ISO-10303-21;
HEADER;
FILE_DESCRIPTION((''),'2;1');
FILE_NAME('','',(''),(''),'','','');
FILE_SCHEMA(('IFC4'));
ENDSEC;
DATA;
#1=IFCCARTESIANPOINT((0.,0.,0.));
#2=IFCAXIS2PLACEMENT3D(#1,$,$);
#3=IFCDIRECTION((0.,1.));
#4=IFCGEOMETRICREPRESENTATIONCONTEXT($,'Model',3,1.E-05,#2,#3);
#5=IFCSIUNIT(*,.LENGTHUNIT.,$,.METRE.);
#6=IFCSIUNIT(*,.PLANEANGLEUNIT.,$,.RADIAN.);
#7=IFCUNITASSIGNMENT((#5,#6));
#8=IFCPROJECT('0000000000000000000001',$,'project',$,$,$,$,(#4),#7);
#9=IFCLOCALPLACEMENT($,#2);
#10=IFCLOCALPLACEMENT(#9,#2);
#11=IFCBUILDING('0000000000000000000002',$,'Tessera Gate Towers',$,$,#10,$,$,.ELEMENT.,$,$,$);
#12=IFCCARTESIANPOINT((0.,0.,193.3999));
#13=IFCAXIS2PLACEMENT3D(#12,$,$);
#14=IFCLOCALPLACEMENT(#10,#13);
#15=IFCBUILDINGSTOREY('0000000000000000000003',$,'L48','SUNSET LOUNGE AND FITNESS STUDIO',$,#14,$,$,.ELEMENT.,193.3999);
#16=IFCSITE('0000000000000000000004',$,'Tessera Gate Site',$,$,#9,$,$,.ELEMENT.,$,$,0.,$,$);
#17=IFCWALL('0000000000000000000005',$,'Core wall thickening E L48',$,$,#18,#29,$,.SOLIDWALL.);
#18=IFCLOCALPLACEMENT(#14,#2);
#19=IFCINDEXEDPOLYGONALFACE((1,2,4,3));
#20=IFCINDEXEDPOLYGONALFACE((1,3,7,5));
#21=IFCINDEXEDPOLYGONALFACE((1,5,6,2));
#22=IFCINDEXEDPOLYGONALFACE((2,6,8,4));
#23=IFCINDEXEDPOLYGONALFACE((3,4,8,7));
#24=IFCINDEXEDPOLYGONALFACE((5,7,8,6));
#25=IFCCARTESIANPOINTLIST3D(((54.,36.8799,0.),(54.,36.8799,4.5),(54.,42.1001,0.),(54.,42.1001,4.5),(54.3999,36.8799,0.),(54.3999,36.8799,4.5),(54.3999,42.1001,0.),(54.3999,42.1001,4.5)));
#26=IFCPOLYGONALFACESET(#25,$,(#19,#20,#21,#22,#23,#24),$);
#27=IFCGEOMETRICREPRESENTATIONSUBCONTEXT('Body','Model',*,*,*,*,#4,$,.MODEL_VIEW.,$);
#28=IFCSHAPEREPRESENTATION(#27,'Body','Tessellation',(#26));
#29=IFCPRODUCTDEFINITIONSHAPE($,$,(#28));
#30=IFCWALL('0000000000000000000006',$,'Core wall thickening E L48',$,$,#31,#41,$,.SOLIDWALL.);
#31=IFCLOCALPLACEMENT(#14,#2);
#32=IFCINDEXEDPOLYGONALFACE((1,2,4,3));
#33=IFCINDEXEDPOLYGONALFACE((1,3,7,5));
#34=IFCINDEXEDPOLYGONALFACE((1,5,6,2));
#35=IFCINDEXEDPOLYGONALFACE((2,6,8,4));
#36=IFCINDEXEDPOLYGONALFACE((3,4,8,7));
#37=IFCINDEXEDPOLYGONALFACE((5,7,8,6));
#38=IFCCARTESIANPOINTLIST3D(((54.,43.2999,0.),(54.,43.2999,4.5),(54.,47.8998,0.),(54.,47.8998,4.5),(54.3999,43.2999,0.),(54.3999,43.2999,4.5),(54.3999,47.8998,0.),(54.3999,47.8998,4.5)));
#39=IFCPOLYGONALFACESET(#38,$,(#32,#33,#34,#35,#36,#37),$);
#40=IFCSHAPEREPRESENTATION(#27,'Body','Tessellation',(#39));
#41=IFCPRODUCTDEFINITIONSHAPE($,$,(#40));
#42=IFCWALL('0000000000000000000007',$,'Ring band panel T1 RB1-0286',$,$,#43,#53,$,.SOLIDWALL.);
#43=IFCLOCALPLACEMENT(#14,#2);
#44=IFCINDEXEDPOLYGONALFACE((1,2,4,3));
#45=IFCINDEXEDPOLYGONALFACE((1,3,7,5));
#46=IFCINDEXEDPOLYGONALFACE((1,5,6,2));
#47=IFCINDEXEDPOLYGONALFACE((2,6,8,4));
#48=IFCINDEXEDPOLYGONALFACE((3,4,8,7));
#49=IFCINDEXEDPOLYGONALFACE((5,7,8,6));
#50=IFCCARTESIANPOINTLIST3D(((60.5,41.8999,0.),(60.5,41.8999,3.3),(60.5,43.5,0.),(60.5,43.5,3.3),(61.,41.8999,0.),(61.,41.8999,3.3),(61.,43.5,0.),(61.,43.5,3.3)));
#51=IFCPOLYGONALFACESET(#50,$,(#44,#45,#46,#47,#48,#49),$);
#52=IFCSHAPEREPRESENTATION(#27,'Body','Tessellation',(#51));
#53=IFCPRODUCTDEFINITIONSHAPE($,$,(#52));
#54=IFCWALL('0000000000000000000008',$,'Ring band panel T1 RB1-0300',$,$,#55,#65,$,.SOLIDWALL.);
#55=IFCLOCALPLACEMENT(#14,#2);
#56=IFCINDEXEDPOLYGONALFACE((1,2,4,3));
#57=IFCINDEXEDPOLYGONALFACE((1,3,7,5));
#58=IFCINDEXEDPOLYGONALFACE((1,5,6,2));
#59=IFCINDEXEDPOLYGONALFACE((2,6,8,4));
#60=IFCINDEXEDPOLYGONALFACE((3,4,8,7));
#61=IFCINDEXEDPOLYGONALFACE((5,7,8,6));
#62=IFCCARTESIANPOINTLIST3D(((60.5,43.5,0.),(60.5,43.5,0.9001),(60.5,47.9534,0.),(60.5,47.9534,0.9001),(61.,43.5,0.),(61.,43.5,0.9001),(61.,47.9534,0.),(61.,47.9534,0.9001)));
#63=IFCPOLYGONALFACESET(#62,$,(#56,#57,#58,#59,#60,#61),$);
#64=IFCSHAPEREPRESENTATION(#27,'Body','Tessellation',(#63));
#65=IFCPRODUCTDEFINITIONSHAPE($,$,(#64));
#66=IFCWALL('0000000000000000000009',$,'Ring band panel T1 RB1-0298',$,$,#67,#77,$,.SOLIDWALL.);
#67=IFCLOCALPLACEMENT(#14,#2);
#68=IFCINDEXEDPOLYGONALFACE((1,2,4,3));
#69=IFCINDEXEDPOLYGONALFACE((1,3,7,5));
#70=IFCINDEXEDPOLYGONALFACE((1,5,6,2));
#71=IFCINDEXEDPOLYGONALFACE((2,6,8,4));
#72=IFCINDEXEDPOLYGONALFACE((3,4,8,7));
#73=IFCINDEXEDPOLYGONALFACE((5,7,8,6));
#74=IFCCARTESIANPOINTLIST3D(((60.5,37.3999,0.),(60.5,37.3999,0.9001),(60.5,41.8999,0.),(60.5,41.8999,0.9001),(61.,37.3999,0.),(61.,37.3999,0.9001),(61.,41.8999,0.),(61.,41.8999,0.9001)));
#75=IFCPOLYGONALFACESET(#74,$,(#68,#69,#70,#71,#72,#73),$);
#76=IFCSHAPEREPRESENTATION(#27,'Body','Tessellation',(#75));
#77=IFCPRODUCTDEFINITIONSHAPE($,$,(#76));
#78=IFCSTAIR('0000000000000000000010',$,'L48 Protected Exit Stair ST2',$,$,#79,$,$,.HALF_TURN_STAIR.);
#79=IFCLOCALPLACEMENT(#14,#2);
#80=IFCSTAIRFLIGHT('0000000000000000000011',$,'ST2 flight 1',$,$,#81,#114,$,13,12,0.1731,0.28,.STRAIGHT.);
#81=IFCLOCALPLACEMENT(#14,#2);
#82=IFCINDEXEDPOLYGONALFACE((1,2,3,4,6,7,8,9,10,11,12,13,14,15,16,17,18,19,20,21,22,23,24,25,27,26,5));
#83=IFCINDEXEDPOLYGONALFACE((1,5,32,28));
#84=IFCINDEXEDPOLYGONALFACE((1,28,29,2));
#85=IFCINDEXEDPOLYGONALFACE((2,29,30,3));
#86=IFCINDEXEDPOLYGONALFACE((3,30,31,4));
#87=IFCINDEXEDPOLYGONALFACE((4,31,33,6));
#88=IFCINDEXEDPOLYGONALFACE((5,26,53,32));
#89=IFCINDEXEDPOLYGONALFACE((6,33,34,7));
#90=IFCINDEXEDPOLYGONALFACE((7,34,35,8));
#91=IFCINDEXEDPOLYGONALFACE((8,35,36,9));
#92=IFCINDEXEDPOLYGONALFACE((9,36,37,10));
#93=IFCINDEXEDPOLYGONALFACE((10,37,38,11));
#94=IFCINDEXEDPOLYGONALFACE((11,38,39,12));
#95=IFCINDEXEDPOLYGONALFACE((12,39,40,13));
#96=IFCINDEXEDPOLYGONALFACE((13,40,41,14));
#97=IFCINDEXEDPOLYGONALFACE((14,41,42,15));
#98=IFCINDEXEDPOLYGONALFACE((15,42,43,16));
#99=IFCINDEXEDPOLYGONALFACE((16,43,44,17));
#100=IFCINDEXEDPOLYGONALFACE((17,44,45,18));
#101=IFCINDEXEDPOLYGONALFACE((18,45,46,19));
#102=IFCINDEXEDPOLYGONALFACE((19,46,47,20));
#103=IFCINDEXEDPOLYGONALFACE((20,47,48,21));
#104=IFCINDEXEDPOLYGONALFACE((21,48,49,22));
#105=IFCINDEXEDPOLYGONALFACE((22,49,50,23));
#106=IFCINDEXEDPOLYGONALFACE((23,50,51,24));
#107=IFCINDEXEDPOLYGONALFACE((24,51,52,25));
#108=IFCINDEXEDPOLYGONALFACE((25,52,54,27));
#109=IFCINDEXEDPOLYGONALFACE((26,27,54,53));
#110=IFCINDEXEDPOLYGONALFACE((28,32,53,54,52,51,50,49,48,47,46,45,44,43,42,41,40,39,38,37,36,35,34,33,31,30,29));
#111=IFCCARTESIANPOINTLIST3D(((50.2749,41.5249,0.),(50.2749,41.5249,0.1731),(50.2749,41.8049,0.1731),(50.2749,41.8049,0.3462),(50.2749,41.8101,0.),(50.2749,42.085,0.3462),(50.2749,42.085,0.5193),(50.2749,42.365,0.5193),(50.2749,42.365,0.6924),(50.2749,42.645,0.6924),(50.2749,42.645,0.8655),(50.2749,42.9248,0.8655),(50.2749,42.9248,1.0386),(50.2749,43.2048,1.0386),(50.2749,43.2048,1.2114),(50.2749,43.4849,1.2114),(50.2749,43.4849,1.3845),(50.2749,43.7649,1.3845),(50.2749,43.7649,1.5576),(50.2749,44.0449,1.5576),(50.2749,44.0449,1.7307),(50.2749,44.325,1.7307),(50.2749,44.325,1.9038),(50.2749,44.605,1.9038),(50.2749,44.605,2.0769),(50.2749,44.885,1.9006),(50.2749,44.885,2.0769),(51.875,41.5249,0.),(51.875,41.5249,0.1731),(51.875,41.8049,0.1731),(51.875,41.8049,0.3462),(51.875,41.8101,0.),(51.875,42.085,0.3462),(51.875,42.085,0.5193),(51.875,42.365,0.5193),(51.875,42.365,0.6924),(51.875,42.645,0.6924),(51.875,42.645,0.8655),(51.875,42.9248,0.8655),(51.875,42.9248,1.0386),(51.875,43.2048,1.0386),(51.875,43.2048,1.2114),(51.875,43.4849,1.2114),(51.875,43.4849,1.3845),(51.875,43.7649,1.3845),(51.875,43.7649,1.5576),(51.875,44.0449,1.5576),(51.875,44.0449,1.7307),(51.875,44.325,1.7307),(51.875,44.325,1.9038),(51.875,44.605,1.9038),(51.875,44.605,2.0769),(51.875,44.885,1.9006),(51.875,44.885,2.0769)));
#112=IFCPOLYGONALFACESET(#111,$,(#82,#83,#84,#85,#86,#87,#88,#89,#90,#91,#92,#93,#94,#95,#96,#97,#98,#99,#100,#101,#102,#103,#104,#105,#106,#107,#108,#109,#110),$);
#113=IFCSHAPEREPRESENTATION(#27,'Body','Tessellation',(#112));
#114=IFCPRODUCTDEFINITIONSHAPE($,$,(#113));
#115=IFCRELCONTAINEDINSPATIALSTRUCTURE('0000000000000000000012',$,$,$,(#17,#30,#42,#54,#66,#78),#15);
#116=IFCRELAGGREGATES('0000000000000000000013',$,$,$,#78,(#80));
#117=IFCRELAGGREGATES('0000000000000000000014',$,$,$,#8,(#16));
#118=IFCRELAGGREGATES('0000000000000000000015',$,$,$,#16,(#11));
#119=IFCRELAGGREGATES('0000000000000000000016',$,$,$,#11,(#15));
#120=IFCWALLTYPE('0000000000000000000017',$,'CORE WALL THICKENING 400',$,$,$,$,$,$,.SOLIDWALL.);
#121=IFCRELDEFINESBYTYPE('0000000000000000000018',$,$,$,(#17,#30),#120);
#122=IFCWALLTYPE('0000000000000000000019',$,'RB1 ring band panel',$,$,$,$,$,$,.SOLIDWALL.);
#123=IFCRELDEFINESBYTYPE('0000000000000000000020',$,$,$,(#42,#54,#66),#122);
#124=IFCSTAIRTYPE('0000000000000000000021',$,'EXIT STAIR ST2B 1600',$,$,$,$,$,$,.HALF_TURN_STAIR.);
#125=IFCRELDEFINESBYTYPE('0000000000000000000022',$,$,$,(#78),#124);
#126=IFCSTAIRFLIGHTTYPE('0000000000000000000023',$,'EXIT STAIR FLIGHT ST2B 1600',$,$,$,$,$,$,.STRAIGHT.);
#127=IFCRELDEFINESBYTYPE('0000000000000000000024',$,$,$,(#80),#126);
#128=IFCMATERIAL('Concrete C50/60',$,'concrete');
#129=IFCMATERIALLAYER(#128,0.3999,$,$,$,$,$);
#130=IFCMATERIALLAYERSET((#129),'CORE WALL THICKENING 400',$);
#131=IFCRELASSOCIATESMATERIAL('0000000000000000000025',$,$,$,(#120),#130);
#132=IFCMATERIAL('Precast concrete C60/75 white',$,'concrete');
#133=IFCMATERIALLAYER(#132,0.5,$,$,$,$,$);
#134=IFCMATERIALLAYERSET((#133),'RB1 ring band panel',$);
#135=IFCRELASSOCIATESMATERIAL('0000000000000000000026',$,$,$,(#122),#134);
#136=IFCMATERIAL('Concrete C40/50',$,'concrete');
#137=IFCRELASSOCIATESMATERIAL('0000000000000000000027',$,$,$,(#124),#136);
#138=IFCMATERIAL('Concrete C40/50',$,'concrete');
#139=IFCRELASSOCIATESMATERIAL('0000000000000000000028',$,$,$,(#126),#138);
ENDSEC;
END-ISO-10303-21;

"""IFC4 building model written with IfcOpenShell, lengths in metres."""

from ifc_helpers import new_model, si_unit, direction, frame, frame_2d, origin, place, context, subcontext, project, spatial, polyline, rectangle, outline, extrude, source, transform, mapped, material, layer, layer_set, type_object, element, aggregate, save


model = new_model("IFC4")

# Units and contexts
model_context = context("Model", 3, precision=1e-05, world=origin(), true_north=direction((0.0, 1.0)))
body_context = subcontext(model_context, "Body", "Model", "MODEL_VIEW")
ifc_project = project(units=[si_unit("LENGTHUNIT", "METRE"), si_unit("PLANEANGLEUNIT", "RADIAN")], contexts=[model_context])

# Site, building, storey
site_placement = place(None, origin())
site = spatial("IfcSite", under=ifc_project, at=site_placement, Name="Tessera Gate Site", CompositionType="ELEMENT", RefElevation=0.0)
building_placement = place(site_placement, origin())
building = spatial("IfcBuilding", under=site, at=building_placement, Name="Tessera Gate Towers", CompositionType="ELEMENT")
storey_placement = place(building_placement, frame((0.0, 0.0, 193.3999)))
storey = spatial("IfcBuildingStorey", under=building, at=storey_placement, Name="L48", Description="SUNSET LOUNGE AND FITNESS STUDIO", CompositionType="ELEMENT", Elevation=193.3999)

# Walls
ifc_material_1 = material(Name="Concrete C50/60", Category="concrete")
ifc_layer_1 = layer(ifc_material_1, 0.3999)
ifc_layer_set_1 = layer_set([ifc_layer_1], Name="CORE WALL THICKENING 400")
wall_type_1 = type_object("IfcWallType", Name="CORE WALL THICKENING 400", PredefinedType="SOLIDWALL", material=ifc_layer_set_1)
wall_1_placement = place(storey_placement, frame((54.2, 36.8799, 0.0), z_axis=(0.0, 0.0, 1.0), x_axis=(0.0, 1.0, 0.0)))
element("IfcWall", 1, at=wall_1_placement, inside=storey, type_object=wall_type_1, Name="Core wall thickening E L48", PredefinedType="SOLIDWALL", context=body_context, shape_type="SweptSolid", body=[
    extrude(rectangle(XDim=5.2202, YDim=0.3999, at=frame_2d((2.6101, 0.0))), origin(), (0.0, 0.0, 1.0), 4.5),
])
wall_2_placement = place(storey_placement, frame((54.2, 43.3, 0.0), z_axis=(0.0, 0.0, 1.0), x_axis=(0.0, 1.0, 0.0)))
element("IfcWall", 2, at=wall_2_placement, inside=storey, type_object=wall_type_1, Name="Core wall thickening E L48", PredefinedType="SOLIDWALL", context=body_context, shape_type="SweptSolid", body=[
    extrude(rectangle(XDim=4.5999, YDim=0.3999, at=frame_2d((2.2998, 0.0))), origin(), (0.0, 0.0, 1.0), 4.5),
])
ifc_material_2 = material(Name="Precast concrete C60/75 white", Category="concrete")
ifc_layer_2 = layer(ifc_material_2, 0.5)
ifc_layer_set_2 = layer_set([ifc_layer_2], Name="RB1 ring band panel")
wall_type_2 = type_object("IfcWallType", Name="RB1 ring band panel", PredefinedType="SOLIDWALL", material=ifc_layer_set_2)
shared_shape_1 = source(origin(), body_context, "Body", "SweptSolid", [
    extrude(outline(polyline([(0.0, 0.0), (1.6001, 0.0), (1.6001, 3.3), (0.0, 3.3), (0.0, 0.0)])), frame((0.0, 0.25, 0.0), z_axis=(0.0, -1.0, 0.0), x_axis=(1.0, 0.0, 0.0)), (0.0, 0.0, 1.0), 0.5),
])
wall_3_placement = place(storey_placement, frame((60.75, 41.8999, 0.0), z_axis=(0.0, 0.0, 1.0), x_axis=(0.0, 1.0, 0.0)))
element("IfcWall", 3, at=wall_3_placement, inside=storey, type_object=wall_type_2, Name="Ring band panel T1 RB1-0286", PredefinedType="SOLIDWALL", context=body_context, shape_type="MappedRepresentation", body=[
    mapped(shared_shape_1, transform((0.0, 0.0, 0.0), scale=1.0)),
])
shared_shape_2 = source(origin(), body_context, "Body", "SweptSolid", [
    extrude(outline(polyline([(0.0, 0.0), (4.4534, 0.0), (4.4534, 0.9001), (0.0, 0.9001), (0.0, 0.0)])), frame((0.0, 0.25, 0.0), z_axis=(0.0, -1.0, 0.0), x_axis=(1.0, 0.0, 0.0)), (0.0, 0.0, 1.0), 0.5),
])
wall_4_placement = place(storey_placement, frame((60.75, 43.5, 0.0), z_axis=(0.0, 0.0, 1.0), x_axis=(0.0, 1.0, 0.0)))
element("IfcWall", 4, at=wall_4_placement, inside=storey, type_object=wall_type_2, Name="Ring band panel T1 RB1-0300", PredefinedType="SOLIDWALL", context=body_context, shape_type="MappedRepresentation", body=[
    mapped(shared_shape_2, transform((0.0, 0.0, 0.0), scale=1.0)),
])
shared_shape_3 = source(origin(), body_context, "Body", "SweptSolid", [
    extrude(outline(polyline([(0.0, 0.0), (4.5, 0.0), (4.5, 0.9001), (0.0, 0.9001), (0.0, 0.0)])), frame((0.0, 0.25, 0.0), z_axis=(0.0, -1.0, 0.0), x_axis=(1.0, 0.0, 0.0)), (0.0, 0.0, 1.0), 0.5),
])
wall_5_placement = place(storey_placement, frame((60.75, 37.3999, 0.0), z_axis=(0.0, 0.0, 1.0), x_axis=(0.0, 1.0, 0.0)))
element("IfcWall", 5, at=wall_5_placement, inside=storey, type_object=wall_type_2, Name="Ring band panel T1 RB1-0298", PredefinedType="SOLIDWALL", context=body_context, shape_type="MappedRepresentation", body=[
    mapped(shared_shape_3, transform((0.0, 0.0, 0.0), scale=1.0)),
])

# Stair, stair flight
ifc_material_3 = material(Name="Concrete C40/50", Category="concrete")
stair_type = type_object("IfcStairType", Name="EXIT STAIR ST2B 1600", PredefinedType="HALF_TURN_STAIR", material=ifc_material_3)
stair_placement = place(storey_placement, origin())
stair = element("IfcStair", 6, at=stair_placement, inside=storey, type_object=stair_type, Name="L48 Protected Exit Stair ST2", PredefinedType="HALF_TURN_STAIR")
ifc_material_4 = material(Name="Concrete C40/50", Category="concrete")
stair_flight_type = type_object("IfcStairFlightType", Name="EXIT STAIR FLIGHT ST2B 1600", PredefinedType="STRAIGHT", material=ifc_material_4)
stair_flight_placement = place(storey_placement, frame((51.075, 41.5249, 0.0), z_axis=(0.0, 0.0, 1.0), x_axis=(0.0, 1.0, 0.0)))
stair_flight = element("IfcStairFlight", 7, at=stair_flight_placement, type_object=stair_flight_type, Name="ST2 flight 1", NumberOfRisers=13, NumberOfTreads=12, PredefinedType="STRAIGHT", RiserHeight=0.1731, TreadLength=0.28, context=body_context, shape_type="SweptSolid", body=[
    extrude(outline(polyline([(0.0, 0.0), (0.0, 0.1731), (0.28, 0.1731), (0.28, 0.3462), (0.5601, 0.3462), (0.5601, 0.5193), (0.8401, 0.5193), (0.8401, 0.6924), (1.1201, 0.6924), (1.1201, 0.8655), (1.3999, 0.8655), (1.3999, 1.0386), (1.6799, 1.0386), (1.6799, 1.2114), (1.96, 1.2114), (1.96, 1.3845), (2.24, 1.3845), (2.24, 1.5576), (2.52, 1.5576), (2.52, 1.7307), (2.8, 1.7307), (2.8, 1.9038), (3.0801, 1.9038), (3.0801, 2.0769), (3.3601, 2.0769), (3.3601, 2.25), (3.3601, 1.9006), (0.2852, 0.0), (0.0, 0.0)])), frame((0.0, 0.8, 0.0), z_axis=(0.0, -1.0, 0.0), x_axis=(1.0, 0.0, 0.0)), (0.0, 0.0, 1.0), 1.6001),
])
aggregate(stair, [stair_flight])

save(model, "model.ifc")
